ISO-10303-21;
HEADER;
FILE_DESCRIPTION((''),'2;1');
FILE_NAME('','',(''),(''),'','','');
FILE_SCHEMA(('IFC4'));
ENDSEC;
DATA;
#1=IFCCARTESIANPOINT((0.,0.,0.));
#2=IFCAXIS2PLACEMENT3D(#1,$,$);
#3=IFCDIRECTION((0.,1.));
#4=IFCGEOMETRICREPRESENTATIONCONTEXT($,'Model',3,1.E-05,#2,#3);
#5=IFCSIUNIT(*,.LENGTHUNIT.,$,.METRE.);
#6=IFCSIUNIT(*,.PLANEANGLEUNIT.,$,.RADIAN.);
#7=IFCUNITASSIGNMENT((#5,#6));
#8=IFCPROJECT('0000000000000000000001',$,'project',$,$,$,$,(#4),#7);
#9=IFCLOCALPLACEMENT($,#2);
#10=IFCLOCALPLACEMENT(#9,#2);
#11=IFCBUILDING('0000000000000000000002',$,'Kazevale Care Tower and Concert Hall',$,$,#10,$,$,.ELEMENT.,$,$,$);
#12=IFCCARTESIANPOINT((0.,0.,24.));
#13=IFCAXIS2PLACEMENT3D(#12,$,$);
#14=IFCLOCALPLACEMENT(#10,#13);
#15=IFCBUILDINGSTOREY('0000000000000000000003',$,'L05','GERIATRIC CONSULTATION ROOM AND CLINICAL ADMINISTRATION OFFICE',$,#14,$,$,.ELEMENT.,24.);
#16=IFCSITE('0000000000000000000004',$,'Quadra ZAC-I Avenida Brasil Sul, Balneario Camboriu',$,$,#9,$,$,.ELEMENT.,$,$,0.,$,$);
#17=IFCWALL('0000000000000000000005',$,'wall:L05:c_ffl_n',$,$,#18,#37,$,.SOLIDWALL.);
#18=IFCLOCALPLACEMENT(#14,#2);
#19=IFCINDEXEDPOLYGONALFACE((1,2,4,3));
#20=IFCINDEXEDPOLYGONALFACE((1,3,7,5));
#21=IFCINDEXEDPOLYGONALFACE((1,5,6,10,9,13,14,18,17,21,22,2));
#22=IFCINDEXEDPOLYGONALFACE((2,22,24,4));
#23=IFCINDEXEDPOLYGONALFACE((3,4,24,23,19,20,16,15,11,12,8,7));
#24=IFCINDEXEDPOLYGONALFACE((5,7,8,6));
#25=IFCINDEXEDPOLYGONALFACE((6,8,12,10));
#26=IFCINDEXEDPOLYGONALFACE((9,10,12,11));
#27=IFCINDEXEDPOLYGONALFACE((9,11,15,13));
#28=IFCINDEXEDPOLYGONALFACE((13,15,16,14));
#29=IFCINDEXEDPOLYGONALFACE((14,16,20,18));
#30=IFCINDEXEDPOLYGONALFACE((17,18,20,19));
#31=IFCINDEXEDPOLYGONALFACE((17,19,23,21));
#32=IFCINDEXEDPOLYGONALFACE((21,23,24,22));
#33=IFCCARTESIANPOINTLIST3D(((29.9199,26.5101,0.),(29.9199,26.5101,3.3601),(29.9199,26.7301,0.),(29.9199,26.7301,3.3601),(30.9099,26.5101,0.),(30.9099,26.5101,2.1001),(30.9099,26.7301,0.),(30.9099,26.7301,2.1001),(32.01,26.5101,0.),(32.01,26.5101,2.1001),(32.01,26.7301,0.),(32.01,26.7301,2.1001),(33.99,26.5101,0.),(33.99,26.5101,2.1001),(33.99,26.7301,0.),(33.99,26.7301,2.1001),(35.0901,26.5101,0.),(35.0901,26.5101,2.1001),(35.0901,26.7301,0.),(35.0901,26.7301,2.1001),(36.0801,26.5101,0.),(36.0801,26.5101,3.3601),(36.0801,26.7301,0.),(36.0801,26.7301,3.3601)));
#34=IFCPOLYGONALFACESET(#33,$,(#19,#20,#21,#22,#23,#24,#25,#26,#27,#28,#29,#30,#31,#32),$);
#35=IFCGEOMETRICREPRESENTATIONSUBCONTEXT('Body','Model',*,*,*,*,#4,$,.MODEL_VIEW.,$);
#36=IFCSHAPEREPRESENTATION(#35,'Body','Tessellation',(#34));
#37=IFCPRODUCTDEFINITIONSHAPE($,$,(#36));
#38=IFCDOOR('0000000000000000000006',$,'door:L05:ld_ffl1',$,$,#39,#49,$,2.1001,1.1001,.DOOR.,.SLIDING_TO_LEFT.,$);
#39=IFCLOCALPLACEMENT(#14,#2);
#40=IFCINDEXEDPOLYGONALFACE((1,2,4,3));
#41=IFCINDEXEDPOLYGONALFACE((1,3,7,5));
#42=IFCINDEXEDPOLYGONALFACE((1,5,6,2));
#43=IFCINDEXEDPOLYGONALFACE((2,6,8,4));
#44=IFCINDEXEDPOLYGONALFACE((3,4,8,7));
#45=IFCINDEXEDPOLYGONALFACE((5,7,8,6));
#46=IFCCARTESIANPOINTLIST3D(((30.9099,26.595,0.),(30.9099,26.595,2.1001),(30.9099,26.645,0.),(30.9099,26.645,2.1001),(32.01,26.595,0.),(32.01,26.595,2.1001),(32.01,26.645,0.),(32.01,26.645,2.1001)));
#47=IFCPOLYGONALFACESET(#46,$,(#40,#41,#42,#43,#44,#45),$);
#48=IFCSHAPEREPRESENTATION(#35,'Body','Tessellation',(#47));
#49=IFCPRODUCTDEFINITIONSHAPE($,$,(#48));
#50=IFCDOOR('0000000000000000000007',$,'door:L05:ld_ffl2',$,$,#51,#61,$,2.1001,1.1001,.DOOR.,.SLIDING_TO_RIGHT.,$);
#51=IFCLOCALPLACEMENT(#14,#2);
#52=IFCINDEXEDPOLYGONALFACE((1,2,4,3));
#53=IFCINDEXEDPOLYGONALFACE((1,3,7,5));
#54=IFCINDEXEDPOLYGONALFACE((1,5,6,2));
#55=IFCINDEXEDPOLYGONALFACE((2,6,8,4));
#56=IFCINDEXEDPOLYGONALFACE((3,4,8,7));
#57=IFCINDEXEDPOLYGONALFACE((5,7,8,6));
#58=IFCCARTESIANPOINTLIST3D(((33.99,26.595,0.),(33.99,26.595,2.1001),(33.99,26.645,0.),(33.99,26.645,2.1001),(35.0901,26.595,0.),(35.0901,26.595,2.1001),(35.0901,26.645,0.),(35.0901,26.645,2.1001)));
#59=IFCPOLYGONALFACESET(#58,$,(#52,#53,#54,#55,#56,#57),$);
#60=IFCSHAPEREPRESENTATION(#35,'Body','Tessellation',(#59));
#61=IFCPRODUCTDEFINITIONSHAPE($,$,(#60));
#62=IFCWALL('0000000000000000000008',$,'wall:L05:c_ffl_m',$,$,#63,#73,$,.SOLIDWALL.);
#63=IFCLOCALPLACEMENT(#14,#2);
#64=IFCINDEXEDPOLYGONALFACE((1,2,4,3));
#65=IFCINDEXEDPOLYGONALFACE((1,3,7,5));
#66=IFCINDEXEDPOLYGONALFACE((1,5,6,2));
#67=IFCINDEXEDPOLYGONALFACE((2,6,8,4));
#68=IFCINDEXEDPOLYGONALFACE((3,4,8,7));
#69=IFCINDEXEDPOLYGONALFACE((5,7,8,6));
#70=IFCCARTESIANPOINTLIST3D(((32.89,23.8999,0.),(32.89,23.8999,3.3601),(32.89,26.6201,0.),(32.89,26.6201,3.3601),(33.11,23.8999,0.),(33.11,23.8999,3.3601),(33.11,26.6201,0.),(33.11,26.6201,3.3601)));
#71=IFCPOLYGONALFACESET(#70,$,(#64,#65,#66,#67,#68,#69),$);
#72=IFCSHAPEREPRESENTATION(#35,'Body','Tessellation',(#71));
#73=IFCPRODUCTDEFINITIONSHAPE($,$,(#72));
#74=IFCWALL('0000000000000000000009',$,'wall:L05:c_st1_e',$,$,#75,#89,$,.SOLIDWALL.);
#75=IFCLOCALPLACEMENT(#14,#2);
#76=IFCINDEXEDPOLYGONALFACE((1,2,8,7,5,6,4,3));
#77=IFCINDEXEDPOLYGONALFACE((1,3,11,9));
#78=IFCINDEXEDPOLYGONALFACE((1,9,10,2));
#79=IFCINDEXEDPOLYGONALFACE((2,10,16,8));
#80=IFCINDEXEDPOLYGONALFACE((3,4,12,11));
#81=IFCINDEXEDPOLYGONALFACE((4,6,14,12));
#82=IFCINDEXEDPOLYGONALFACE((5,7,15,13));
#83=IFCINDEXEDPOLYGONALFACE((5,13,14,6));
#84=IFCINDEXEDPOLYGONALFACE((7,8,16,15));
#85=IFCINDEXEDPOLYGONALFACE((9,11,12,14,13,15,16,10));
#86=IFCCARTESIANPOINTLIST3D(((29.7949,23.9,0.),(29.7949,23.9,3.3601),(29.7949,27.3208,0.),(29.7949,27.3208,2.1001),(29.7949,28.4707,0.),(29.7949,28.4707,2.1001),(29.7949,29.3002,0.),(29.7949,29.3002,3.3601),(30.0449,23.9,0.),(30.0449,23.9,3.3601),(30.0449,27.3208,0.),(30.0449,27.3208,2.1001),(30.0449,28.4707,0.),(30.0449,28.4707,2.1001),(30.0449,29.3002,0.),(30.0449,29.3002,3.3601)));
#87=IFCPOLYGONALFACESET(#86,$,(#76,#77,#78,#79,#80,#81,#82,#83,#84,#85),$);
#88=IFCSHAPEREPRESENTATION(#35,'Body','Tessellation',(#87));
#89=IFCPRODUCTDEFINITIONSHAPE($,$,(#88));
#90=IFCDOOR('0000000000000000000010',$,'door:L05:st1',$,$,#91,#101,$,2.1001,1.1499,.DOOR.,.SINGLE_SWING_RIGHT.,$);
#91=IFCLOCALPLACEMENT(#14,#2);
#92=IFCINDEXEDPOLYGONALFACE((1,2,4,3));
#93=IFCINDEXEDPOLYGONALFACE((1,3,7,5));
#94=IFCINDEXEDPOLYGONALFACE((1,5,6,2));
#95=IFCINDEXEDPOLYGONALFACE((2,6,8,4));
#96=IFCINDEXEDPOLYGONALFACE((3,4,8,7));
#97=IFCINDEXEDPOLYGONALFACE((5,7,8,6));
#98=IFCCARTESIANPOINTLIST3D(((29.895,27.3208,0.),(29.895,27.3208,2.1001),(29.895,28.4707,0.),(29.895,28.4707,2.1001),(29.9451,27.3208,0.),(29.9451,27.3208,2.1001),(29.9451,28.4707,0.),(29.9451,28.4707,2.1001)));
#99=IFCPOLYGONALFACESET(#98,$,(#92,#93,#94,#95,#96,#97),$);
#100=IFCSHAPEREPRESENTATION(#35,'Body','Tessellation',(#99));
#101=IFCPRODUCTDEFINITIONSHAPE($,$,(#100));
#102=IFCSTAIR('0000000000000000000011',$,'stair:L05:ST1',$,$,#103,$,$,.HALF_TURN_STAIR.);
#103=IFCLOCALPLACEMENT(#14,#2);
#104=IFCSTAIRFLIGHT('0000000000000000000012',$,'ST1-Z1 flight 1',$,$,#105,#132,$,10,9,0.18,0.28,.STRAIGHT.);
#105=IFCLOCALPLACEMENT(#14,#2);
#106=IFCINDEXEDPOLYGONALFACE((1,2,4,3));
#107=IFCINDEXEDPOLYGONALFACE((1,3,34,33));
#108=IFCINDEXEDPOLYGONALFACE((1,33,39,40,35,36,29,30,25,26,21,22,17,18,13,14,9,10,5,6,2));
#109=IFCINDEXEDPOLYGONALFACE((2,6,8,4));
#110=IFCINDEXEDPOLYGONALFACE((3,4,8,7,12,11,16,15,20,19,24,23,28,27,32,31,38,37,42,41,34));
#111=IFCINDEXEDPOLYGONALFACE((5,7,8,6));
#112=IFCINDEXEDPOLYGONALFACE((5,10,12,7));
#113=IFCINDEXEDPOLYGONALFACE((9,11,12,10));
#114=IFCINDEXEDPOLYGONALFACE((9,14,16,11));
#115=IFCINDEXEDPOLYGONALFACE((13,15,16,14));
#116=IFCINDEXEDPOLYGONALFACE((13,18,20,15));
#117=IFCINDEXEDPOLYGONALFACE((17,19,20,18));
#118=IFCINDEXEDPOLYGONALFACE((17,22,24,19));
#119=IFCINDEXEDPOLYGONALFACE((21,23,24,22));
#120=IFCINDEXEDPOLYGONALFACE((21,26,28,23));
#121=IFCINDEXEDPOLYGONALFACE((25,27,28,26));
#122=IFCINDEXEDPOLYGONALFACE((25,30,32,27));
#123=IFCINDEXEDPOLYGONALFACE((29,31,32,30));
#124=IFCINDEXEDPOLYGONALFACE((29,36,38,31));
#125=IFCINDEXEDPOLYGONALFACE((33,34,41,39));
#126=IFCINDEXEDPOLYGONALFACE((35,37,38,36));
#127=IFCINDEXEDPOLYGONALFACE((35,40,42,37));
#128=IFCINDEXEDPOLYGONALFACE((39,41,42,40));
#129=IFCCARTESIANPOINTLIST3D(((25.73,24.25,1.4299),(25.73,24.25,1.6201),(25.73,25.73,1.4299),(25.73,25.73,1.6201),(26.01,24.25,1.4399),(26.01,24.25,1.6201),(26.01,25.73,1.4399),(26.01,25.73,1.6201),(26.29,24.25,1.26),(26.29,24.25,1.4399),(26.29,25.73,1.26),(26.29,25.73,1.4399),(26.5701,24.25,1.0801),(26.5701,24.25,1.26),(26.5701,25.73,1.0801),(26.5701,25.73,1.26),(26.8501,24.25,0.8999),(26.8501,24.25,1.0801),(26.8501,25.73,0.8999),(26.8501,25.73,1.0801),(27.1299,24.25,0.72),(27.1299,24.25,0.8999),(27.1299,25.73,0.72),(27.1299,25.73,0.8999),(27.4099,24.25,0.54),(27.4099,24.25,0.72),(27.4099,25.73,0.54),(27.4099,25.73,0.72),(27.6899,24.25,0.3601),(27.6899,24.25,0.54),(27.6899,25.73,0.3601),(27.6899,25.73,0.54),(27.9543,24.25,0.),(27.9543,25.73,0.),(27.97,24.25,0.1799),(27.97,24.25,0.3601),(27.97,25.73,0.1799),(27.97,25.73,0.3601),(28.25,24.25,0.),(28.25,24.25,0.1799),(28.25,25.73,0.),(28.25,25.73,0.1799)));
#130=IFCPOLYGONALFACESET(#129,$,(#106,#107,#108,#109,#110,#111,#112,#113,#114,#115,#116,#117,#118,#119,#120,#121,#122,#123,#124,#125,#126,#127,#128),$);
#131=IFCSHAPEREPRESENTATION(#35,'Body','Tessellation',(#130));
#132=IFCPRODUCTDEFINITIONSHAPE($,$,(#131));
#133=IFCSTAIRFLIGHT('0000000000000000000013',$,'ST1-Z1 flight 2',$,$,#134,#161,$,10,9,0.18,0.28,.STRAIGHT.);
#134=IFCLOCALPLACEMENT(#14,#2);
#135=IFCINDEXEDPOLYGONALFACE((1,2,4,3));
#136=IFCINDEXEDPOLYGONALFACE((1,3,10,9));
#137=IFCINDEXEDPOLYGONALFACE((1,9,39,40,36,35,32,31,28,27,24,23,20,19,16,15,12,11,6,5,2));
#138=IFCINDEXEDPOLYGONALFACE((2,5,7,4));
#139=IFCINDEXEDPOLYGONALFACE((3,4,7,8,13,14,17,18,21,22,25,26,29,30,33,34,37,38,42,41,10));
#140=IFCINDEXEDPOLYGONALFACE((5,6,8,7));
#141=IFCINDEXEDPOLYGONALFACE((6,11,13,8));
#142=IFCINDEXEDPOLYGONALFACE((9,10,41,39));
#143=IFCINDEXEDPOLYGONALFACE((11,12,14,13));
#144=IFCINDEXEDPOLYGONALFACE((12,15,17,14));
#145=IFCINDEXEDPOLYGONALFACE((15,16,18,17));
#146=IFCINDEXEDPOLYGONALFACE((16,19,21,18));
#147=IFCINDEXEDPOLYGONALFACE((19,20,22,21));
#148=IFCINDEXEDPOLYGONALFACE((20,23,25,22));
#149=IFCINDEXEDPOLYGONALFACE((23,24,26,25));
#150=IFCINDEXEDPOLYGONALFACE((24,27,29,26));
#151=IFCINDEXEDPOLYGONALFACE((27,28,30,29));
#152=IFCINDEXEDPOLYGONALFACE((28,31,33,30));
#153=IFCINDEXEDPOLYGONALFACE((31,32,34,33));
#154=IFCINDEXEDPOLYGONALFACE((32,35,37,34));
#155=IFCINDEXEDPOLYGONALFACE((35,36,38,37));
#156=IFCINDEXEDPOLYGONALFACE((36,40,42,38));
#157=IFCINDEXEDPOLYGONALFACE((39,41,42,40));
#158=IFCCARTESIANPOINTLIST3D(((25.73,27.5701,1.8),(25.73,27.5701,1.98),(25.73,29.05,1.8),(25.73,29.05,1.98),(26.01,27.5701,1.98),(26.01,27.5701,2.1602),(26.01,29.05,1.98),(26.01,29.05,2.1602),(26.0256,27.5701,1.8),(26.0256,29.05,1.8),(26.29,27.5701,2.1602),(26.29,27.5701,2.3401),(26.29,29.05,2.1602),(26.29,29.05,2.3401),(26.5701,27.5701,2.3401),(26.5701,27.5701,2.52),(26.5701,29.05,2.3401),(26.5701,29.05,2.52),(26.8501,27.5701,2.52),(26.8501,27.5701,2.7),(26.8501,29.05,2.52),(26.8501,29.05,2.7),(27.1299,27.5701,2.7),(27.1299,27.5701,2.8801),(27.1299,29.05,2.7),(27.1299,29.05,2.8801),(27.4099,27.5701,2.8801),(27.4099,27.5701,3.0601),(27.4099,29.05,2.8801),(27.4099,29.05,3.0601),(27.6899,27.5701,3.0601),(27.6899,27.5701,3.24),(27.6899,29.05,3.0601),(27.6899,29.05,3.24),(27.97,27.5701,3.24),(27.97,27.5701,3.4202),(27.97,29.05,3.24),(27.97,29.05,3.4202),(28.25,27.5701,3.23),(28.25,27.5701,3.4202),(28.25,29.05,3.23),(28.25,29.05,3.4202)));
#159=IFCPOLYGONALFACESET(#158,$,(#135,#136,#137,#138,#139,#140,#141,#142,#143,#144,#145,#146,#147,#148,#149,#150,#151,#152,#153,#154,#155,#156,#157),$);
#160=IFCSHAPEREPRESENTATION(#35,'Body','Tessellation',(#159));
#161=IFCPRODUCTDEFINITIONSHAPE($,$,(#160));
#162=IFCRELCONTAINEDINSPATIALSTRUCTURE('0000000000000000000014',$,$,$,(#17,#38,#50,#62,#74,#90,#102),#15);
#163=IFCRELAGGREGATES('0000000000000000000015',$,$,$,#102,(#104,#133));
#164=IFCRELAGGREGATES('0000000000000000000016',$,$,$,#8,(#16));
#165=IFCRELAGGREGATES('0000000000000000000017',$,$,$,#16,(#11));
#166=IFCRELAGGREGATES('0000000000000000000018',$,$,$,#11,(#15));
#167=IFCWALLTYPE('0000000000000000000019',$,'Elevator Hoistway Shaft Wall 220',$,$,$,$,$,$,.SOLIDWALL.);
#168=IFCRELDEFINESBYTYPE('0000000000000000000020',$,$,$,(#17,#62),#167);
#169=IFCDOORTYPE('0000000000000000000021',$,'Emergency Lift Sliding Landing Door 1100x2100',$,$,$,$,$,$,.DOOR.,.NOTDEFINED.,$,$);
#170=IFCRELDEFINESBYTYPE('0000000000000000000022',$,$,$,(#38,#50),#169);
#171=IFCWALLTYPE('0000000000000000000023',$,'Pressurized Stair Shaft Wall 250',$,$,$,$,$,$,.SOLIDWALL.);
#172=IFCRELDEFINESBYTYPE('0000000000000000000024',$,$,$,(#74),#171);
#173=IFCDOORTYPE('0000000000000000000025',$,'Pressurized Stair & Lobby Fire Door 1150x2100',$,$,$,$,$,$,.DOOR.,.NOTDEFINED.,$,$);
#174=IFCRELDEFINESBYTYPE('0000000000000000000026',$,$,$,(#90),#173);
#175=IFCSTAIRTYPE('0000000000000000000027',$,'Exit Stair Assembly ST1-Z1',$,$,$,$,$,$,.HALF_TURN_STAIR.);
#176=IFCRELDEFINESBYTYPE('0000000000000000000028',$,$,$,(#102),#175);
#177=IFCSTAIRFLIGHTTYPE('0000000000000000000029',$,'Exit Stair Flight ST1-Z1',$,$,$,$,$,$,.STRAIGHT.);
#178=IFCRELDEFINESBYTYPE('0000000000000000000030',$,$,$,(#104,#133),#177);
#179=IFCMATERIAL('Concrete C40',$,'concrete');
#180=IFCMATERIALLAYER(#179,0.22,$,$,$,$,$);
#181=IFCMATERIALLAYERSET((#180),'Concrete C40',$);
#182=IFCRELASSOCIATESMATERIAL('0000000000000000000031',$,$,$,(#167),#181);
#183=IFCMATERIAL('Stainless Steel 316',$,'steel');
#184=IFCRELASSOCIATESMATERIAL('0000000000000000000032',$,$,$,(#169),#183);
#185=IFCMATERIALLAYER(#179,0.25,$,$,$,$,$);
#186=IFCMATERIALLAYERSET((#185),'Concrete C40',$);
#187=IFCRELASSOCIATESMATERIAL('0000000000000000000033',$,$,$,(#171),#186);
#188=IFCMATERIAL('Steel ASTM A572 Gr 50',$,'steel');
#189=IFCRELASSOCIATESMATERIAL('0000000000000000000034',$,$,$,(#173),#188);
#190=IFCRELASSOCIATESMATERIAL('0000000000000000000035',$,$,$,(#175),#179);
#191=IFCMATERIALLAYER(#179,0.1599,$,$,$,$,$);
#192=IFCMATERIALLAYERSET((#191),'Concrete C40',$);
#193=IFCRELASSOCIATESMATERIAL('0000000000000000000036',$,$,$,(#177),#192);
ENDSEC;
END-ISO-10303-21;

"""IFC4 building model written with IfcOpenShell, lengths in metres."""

from ifc_helpers import new_model, si_unit, direction, frame, frame_2d, origin, place, context, subcontext, project, spatial, polyline, rectangle, outline, extrude, material, layer, layer_set, type_object, element, fill, aggregate, save


model = new_model("IFC4")

# Units and contexts
model_context = context("Model", 3, precision=1e-05, world=origin(), true_north=direction((0.0, 1.0)))
body_context = subcontext(model_context, "Body", "Model", "MODEL_VIEW")
ifc_project = project(units=[si_unit("LENGTHUNIT", "METRE"), si_unit("PLANEANGLEUNIT", "RADIAN")], contexts=[model_context])

# Site, building, storey
site_placement = place(None, origin())
site = spatial("IfcSite", under=ifc_project, at=site_placement, Name="Quadra ZAC-I Avenida Brasil Sul, Balneario Camboriu", CompositionType="ELEMENT", RefElevation=0.0)
building_placement = place(site_placement, origin())
building = spatial("IfcBuilding", under=site, at=building_placement, Name="Kazevale Care Tower and Concert Hall", CompositionType="ELEMENT")
storey_placement = place(building_placement, frame((0.0, 0.0, 24.0)))
storey = spatial("IfcBuildingStorey", under=building, at=storey_placement, Name="L05", Description="GERIATRIC CONSULTATION ROOM AND CLINICAL ADMINISTRATION OFFICE", CompositionType="ELEMENT", Elevation=24.0)

# Shared definitions
ifc_material_1 = material(Name="Steel ASTM A572 Gr 50", Category="steel")

# Wall, openings, doors
ifc_material_2 = material(Name="Concrete C40", Category="concrete")
ifc_layer_1 = layer(ifc_material_2, 0.22)
ifc_layer_set_1 = layer_set([ifc_layer_1], Name="Concrete C40")
wall_type_1 = type_object("IfcWallType", Name="Elevator Hoistway Shaft Wall 220", PredefinedType="SOLIDWALL", material=ifc_layer_set_1)
wall_1_placement = place(storey_placement, frame((29.9199, 26.6201, 0.0), z_axis=(0.0, 0.0, 1.0), x_axis=(1.0, 0.0, 0.0)))
wall_1 = element("IfcWall", 1, at=wall_1_placement, inside=storey, type_object=wall_type_1, Name="wall:L05:c_ffl_n", PredefinedType="SOLIDWALL", context=body_context, shape_type="SweptSolid", body=[
    extrude(rectangle(XDim=6.1602, YDim=0.22, at=frame_2d((3.0801, 0.0))), origin(), (0.0, 0.0, 1.0), 3.3601),
])
opening_1_placement = place(wall_1_placement, frame((0.99, 0.0, 0.0)))
opening_1 = element("IfcOpeningElement", 2, at=opening_1_placement, cuts=wall_1, PredefinedType="OPENING", context=body_context, shape_type="SweptSolid", body=[
    extrude(rectangle(XDim=1.1001, YDim=2.1001, at=frame_2d((0.55, 1.05))), frame((0.0, 0.1199, 0.0), z_axis=(0.0, -1.0, 0.0), x_axis=(1.0, 0.0, 0.0)), (0.0, 0.0, 1.0), 0.24),
])
opening_2_placement = place(wall_1_placement, frame((4.0701, 0.0, 0.0)))
opening_2 = element("IfcOpeningElement", 3, at=opening_2_placement, cuts=wall_1, PredefinedType="OPENING", context=body_context, shape_type="SweptSolid", body=[
    extrude(rectangle(XDim=1.1001, YDim=2.1001, at=frame_2d((0.55, 1.05))), frame((0.0, 0.1199, 0.0), z_axis=(0.0, -1.0, 0.0), x_axis=(1.0, 0.0, 0.0)), (0.0, 0.0, 1.0), 0.24),
])
ifc_material_3 = material(Name="Stainless Steel 316", Category="steel")
door_type_1 = type_object("IfcDoorType", Name="Emergency Lift Sliding Landing Door 1100x2100", OperationType="NOTDEFINED", PredefinedType="DOOR", material=ifc_material_3)
door_1_placement = place(opening_1_placement, origin())
door_1 = element("IfcDoor", 4, at=door_1_placement, inside=storey, type_object=door_type_1, Name="door:L05:ld_ffl1", OperationType="SLIDING_TO_LEFT", OverallHeight=2.1001, OverallWidth=1.1001, PredefinedType="DOOR", context=body_context, shape_type="SweptSolid", body=[
    extrude(rectangle(XDim=1.1001, YDim=2.1001, at=frame_2d((0.55, 1.05))), frame((0.0, 0.0249, 0.0), z_axis=(0.0, -1.0, 0.0), x_axis=(1.0, 0.0, 0.0)), (0.0, 0.0, 1.0), 0.05),
])
fill(opening_1, door_1)
door_2_placement = place(opening_2_placement, origin())
door_2 = element("IfcDoor", 5, at=door_2_placement, inside=storey, type_object=door_type_1, Name="door:L05:ld_ffl2", OperationType="SLIDING_TO_RIGHT", OverallHeight=2.1001, OverallWidth=1.1001, PredefinedType="DOOR", context=body_context, shape_type="SweptSolid", body=[
    extrude(rectangle(XDim=1.1001, YDim=2.1001, at=frame_2d((0.55, 1.05))), frame((0.0, 0.0249, 0.0), z_axis=(0.0, -1.0, 0.0), x_axis=(1.0, 0.0, 0.0)), (0.0, 0.0, 1.0), 0.05),
])
fill(opening_2, door_2)

# Wall
wall_2_placement = place(storey_placement, frame((33.0, 23.8999, 0.0), z_axis=(0.0, 0.0, 1.0), x_axis=(0.0, 1.0, 0.0)))
element("IfcWall", 6, at=wall_2_placement, inside=storey, type_object=wall_type_1, Name="wall:L05:c_ffl_m", PredefinedType="SOLIDWALL", context=body_context, shape_type="SweptSolid", body=[
    extrude(rectangle(XDim=2.7202, YDim=0.22, at=frame_2d((1.3601, 0.0))), origin(), (0.0, 0.0, 1.0), 3.3601),
])

# Wall, opening, door
ifc_layer_2 = layer(ifc_material_2, 0.25)
ifc_layer_set_2 = layer_set([ifc_layer_2], Name="Concrete C40")
wall_type_2 = type_object("IfcWallType", Name="Pressurized Stair Shaft Wall 250", PredefinedType="SOLIDWALL", material=ifc_layer_set_2)
wall_3_placement = place(storey_placement, frame((29.9199, 23.8999, 0.0), z_axis=(0.0, 0.0, 1.0), x_axis=(0.0, 1.0, 0.0)))
wall_3 = element("IfcWall", 7, at=wall_3_placement, inside=storey, type_object=wall_type_2, Name="wall:L05:c_st1_e", PredefinedType="SOLIDWALL", context=body_context, shape_type="SweptSolid", body=[
    extrude(rectangle(XDim=5.4001, YDim=0.25, at=frame_2d((2.7002, 0.0))), origin(), (0.0, 0.0, 1.0), 3.3601),
])
opening_3_placement = place(wall_3_placement, frame((3.4209, 0.0, 0.0)))
opening_3 = element("IfcOpeningElement", 8, at=opening_3_placement, cuts=wall_3, PredefinedType="OPENING", context=body_context, shape_type="SweptSolid", body=[
    extrude(rectangle(XDim=1.1499, YDim=2.1001, at=frame_2d((0.575, 1.05))), frame((0.0, 0.135, 0.0), z_axis=(0.0, -1.0, 0.0), x_axis=(1.0, 0.0, 0.0)), (0.0, 0.0, 1.0), 0.27),
])
door_type_2 = type_object("IfcDoorType", Name="Pressurized Stair & Lobby Fire Door 1150x2100", OperationType="NOTDEFINED", PredefinedType="DOOR", material=ifc_material_1)
door_3_placement = place(opening_3_placement, origin())
door_3 = element("IfcDoor", 9, at=door_3_placement, inside=storey, type_object=door_type_2, Name="door:L05:st1", OperationType="SINGLE_SWING_RIGHT", OverallHeight=2.1001, OverallWidth=1.1499, PredefinedType="DOOR", context=body_context, shape_type="SweptSolid", body=[
    extrude(rectangle(XDim=1.1499, YDim=2.1001, at=frame_2d((0.575, 1.05))), frame((0.0, 0.0249, 0.0), z_axis=(0.0, -1.0, 0.0), x_axis=(1.0, 0.0, 0.0)), (0.0, 0.0, 1.0), 0.05),
])
fill(opening_3, door_3)

# Stair, stair flights
stair_type = type_object("IfcStairType", Name="Exit Stair Assembly ST1-Z1", PredefinedType="HALF_TURN_STAIR", material=ifc_material_2)
stair_placement = place(storey_placement, origin())
stair = element("IfcStair", 10, at=stair_placement, inside=storey, type_object=stair_type, Name="stair:L05:ST1", PredefinedType="HALF_TURN_STAIR")
ifc_layer_3 = layer(ifc_material_2, 0.1599)
ifc_layer_set_3 = layer_set([ifc_layer_3], Name="Concrete C40")
stair_flight_type = type_object("IfcStairFlightType", Name="Exit Stair Flight ST1-Z1", PredefinedType="STRAIGHT", material=ifc_layer_set_3)
stair_flight_1_placement = place(storey_placement, frame((28.25, 24.99, 0.0), z_axis=(0.0, 0.0, 1.0), x_axis=(-1.0, 0.0, 0.0)))
stair_flight_1 = element("IfcStairFlight", 11, at=stair_flight_1_placement, type_object=stair_flight_type, Name="ST1-Z1 flight 1", NumberOfRisers=10, NumberOfTreads=9, PredefinedType="STRAIGHT", RiserHeight=0.18, TreadLength=0.28, context=body_context, shape_type="SweptSolid", body=[
    extrude(outline(polyline([(0.0, 0.0), (0.0, 0.1799), (0.28, 0.1799), (0.28, 0.3601), (0.5601, 0.3601), (0.5601, 0.54), (0.8401, 0.54), (0.8401, 0.72), (1.1201, 0.72), (1.1201, 0.8999), (1.3999, 0.8999), (1.3999, 1.0801), (1.6799, 1.0801), (1.6799, 1.26), (1.96, 1.26), (1.96, 1.4399), (2.24, 1.4399), (2.24, 1.6201), (2.52, 1.6201), (2.52, 1.8), (2.52, 1.4299), (0.2957, 0.0), (0.0, 0.0)])), frame((0.0, 0.74, 0.0), z_axis=(0.0, -1.0, 0.0), x_axis=(1.0, 0.0, 0.0)), (0.0, 0.0, 1.0), 1.48),
])
stair_flight_2_placement = place(storey_placement, frame((25.73, 28.3101, 1.8), z_axis=(0.0, 0.0, 1.0), x_axis=(1.0, 0.0, 0.0)))
stair_flight_2 = element("IfcStairFlight", 12, at=stair_flight_2_placement, type_object=stair_flight_type, Name="ST1-Z1 flight 2", NumberOfRisers=10, NumberOfTreads=9, PredefinedType="STRAIGHT", RiserHeight=0.18, TreadLength=0.28, context=body_context, shape_type="SweptSolid", body=[
    extrude(outline(polyline([(0.0, 0.0), (0.0, 0.1799), (0.28, 0.1799), (0.28, 0.3601), (0.5601, 0.3601), (0.5601, 0.54), (0.8401, 0.54), (0.8401, 0.72), (1.1201, 0.72), (1.1201, 0.8999), (1.3999, 0.8999), (1.3999, 1.0801), (1.6799, 1.0801), (1.6799, 1.26), (1.96, 1.26), (1.96, 1.4399), (2.24, 1.4399), (2.24, 1.6201), (2.52, 1.6201), (2.52, 1.8), (2.52, 1.4299), (0.2957, 0.0), (0.0, 0.0)])), frame((0.0, 0.74, 0.0), z_axis=(0.0, -1.0, 0.0), x_axis=(1.0, 0.0, 0.0)), (0.0, 0.0, 1.0), 1.48),
])
aggregate(stair, [stair_flight_1, stair_flight_2])

save(model, "model.ifc")
